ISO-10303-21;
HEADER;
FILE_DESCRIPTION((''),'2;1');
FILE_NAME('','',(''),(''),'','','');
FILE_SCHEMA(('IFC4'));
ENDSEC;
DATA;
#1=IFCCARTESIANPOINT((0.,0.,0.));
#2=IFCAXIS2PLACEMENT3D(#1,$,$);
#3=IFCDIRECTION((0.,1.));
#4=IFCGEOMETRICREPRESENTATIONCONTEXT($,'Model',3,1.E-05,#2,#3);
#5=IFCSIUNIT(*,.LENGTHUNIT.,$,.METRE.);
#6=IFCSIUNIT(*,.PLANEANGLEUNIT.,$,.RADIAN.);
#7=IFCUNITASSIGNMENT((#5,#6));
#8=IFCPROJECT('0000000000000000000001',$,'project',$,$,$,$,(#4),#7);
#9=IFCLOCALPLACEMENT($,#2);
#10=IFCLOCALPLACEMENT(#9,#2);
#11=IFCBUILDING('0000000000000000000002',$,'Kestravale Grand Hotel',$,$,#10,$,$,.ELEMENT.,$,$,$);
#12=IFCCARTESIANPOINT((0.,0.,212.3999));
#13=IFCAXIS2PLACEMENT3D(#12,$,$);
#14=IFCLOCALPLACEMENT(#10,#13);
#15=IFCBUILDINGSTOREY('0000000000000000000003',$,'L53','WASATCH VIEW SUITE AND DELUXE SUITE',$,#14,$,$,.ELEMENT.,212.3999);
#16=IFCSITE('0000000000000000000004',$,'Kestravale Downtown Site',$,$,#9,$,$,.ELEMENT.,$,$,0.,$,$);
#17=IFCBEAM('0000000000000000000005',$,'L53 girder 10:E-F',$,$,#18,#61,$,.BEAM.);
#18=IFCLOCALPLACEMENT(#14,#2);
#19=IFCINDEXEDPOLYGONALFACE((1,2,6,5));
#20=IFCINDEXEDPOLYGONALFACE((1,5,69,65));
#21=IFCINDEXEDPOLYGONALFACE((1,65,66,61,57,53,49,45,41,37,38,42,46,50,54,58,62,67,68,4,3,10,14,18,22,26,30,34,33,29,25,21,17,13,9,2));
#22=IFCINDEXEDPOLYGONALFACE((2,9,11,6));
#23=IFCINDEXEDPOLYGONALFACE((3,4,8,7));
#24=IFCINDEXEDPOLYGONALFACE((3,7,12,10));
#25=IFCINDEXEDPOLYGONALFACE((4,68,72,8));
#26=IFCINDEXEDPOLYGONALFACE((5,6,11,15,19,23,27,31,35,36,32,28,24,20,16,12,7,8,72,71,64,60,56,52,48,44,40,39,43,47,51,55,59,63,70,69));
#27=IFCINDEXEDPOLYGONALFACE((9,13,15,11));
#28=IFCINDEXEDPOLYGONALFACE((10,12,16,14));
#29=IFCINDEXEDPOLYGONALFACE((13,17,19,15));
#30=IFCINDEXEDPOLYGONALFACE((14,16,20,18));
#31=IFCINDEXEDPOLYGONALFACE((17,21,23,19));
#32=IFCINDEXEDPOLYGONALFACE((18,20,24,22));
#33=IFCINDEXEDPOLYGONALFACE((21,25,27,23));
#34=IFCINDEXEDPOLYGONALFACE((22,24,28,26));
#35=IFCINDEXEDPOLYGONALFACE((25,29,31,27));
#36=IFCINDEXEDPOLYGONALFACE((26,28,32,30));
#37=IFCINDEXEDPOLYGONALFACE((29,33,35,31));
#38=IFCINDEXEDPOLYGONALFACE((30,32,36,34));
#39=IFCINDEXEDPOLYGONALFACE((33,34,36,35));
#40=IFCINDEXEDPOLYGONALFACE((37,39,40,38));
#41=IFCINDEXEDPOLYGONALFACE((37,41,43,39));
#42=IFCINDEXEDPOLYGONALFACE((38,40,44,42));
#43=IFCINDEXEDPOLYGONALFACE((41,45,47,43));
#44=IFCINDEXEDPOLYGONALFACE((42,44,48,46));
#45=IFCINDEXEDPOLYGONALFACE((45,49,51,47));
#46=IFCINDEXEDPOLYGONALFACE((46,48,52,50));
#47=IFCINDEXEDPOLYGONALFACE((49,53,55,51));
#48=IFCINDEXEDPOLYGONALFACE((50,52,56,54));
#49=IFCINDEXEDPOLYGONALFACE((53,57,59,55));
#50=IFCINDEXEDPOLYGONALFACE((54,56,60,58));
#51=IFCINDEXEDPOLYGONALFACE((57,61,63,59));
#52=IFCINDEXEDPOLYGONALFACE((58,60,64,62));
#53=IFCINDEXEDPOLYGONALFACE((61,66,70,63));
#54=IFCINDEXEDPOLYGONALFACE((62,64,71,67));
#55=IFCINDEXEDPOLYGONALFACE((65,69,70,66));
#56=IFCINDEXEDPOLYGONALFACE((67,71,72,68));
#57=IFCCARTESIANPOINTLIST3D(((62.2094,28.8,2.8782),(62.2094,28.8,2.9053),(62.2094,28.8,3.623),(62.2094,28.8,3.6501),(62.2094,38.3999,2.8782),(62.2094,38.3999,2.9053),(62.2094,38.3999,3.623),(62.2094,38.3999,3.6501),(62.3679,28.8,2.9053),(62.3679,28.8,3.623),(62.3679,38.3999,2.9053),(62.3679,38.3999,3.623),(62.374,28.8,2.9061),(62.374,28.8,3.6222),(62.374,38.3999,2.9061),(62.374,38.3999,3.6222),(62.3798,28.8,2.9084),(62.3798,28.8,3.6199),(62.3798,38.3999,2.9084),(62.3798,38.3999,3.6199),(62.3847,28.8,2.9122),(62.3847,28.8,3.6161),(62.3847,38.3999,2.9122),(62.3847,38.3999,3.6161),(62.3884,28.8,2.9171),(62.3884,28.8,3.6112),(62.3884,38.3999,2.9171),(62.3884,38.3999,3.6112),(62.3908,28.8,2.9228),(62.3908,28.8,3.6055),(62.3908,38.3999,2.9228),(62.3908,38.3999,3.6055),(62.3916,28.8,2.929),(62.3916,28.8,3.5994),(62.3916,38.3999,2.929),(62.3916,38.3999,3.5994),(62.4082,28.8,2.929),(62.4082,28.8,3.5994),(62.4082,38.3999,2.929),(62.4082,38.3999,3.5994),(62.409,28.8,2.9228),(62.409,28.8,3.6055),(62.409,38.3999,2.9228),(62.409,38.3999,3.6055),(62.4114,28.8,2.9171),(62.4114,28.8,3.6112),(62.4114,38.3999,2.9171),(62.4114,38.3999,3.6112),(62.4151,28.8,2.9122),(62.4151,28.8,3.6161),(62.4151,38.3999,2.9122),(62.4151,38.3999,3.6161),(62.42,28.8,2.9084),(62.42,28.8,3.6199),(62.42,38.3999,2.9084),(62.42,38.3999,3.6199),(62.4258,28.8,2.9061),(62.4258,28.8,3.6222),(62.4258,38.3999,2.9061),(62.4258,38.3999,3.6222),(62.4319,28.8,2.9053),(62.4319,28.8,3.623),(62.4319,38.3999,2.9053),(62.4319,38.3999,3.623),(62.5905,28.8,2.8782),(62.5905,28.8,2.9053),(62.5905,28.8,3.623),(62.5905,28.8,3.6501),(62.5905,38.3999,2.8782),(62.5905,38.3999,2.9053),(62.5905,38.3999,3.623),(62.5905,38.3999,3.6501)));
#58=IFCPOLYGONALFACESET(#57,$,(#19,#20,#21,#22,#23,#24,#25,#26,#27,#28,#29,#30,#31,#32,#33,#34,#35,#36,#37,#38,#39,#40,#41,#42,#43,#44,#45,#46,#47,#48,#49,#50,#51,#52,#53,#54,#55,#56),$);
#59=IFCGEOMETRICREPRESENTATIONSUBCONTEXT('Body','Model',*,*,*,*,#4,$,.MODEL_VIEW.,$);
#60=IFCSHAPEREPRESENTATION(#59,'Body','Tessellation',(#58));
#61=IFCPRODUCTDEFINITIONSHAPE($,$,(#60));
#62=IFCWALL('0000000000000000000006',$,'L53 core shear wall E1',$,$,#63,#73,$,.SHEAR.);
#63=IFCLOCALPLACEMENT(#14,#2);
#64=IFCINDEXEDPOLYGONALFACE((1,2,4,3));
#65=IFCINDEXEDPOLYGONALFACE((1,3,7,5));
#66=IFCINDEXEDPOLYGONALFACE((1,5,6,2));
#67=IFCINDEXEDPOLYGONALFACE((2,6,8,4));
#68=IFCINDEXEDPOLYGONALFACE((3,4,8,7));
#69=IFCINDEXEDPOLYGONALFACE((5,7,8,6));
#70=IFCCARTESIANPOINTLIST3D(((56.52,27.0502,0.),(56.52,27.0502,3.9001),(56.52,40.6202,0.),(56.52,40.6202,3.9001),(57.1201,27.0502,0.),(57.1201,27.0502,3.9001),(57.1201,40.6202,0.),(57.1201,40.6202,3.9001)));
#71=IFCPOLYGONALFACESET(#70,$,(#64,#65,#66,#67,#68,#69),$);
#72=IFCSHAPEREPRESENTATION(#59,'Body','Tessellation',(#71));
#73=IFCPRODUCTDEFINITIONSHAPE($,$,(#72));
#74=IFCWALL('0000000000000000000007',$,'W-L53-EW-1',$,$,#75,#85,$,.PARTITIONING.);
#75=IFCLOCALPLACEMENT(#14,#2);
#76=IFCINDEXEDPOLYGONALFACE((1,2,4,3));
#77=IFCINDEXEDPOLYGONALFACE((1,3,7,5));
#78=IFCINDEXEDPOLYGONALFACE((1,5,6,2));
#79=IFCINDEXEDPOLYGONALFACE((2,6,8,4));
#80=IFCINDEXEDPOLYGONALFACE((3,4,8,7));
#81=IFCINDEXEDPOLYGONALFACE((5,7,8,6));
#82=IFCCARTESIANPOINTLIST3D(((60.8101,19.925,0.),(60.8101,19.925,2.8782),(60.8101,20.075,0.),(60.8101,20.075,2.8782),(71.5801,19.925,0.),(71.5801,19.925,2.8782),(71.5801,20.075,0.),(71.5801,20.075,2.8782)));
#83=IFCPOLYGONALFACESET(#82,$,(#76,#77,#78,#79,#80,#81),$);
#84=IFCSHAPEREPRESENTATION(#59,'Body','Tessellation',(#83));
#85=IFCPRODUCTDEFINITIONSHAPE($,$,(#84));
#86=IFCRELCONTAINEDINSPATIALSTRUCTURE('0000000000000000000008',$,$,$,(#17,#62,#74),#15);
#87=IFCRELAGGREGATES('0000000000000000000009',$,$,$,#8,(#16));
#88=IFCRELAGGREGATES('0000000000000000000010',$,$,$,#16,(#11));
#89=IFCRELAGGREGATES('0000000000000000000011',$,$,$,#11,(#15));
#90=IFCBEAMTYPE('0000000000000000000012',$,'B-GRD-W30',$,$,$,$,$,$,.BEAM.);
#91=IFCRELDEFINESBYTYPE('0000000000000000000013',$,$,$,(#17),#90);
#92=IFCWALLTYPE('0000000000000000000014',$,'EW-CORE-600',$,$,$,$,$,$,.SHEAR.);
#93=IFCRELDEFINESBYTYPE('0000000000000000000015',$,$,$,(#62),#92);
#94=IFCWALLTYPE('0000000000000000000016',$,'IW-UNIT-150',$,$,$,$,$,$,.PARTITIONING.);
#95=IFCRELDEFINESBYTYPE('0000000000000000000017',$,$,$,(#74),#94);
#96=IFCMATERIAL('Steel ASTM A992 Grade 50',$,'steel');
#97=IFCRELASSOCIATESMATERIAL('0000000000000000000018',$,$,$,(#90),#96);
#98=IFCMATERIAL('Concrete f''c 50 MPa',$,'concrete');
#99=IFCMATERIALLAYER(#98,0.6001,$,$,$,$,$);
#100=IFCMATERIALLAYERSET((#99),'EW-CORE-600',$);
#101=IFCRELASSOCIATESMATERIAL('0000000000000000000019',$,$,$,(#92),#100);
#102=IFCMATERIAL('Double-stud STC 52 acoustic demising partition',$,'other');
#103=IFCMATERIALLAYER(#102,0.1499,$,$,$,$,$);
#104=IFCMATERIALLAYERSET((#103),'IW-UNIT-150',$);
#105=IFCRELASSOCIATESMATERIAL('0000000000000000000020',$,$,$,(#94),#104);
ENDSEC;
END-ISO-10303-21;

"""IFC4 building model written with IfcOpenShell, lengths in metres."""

from ifc_helpers import new_model, si_unit, direction, frame, frame_2d, origin, origin_2d, place, context, subcontext, project, spatial, rectangle, i_section, extrude, material, layer, layer_set, material_profile, profile_set, type_object, element, save


model = new_model("IFC4")

# Units and contexts
model_context = context("Model", 3, precision=1e-05, world=origin(), true_north=direction((0.0, 1.0)))
body_context = subcontext(model_context, "Body", "Model", "MODEL_VIEW")
ifc_project = project(units=[si_unit("LENGTHUNIT", "METRE"), si_unit("PLANEANGLEUNIT", "RADIAN")], contexts=[model_context])

# Site, building, storey
site_placement = place(None, origin())
site = spatial("IfcSite", under=ifc_project, at=site_placement, Name="Kestravale Downtown Site", CompositionType="ELEMENT", RefElevation=0.0)
building_placement = place(site_placement, origin())
building = spatial("IfcBuilding", under=site, at=building_placement, Name="Kestravale Grand Hotel", CompositionType="ELEMENT")
storey_placement = place(building_placement, frame((0.0, 0.0, 212.3999)))
storey = spatial("IfcBuildingStorey", under=building, at=storey_placement, Name="L53", Description="WASATCH VIEW SUITE AND DELUXE SUITE", CompositionType="ELEMENT", Elevation=212.3999)

# Beam
ifc_material_1 = material(Name="Steel ASTM A992 Grade 50", Category="steel")
ifc_material_profile_1 = material_profile(ifc_material_1, i_section(OverallWidth=0.3811, OverallDepth=0.772, WebThickness=0.0166, FlangeThickness=0.0271, FilletRadius=0.0237, at=origin_2d()))
ifc_profile_set_1 = profile_set([ifc_material_profile_1], Name="Steel ASTM A992 Grade 50")
beam_type_1 = type_object("IfcBeamType", Name="B-GRD-W30", PredefinedType="BEAM", material=ifc_profile_set_1)
beam_1_placement = place(storey_placement, frame((62.3999, 28.8, 3.2642), z_axis=(0.0, 1.0, 0.0), x_axis=(-1.0, 0.0, 0.0)))
element("IfcBeam", 1, at=beam_1_placement, inside=storey, type_object=beam_type_1, Name="L53 girder 10:E-F", PredefinedType="BEAM", context=body_context, shape_type="SweptSolid", body=[
    extrude(i_section(OverallWidth=0.3811, OverallDepth=0.772, WebThickness=0.0166, FlangeThickness=0.0271, FilletRadius=0.0237, at=origin_2d()), origin(), (0.0, 0.0, 1.0), 9.5999),
])

# Walls
ifc_material_2 = material(Name="Concrete f'c 50 MPa", Category="concrete")
ifc_layer_1 = layer(ifc_material_2, 0.6001)
ifc_layer_set_1 = layer_set([ifc_layer_1], Name="EW-CORE-600")
wall_type_1 = type_object("IfcWallType", Name="EW-CORE-600", PredefinedType="SHEAR", material=ifc_layer_set_1)
wall_1_placement = place(storey_placement, frame((56.8201, 27.05, 0.0), z_axis=(0.0, 0.0, 1.0), x_axis=(0.0, 1.0, 0.0)))
element("IfcWall", 2, at=wall_1_placement, inside=storey, type_object=wall_type_1, Name="L53 core shear wall E1", PredefinedType="SHEAR", context=body_context, shape_type="SweptSolid", body=[
    extrude(rectangle(XDim=13.5701, YDim=0.6001, at=frame_2d((6.7852, 0.0))), origin(), (0.0, 0.0, 1.0), 3.9001),
])
ifc_material_3 = material(Name="Double-stud STC 52 acoustic demising partition", Category="other")
ifc_layer_2 = layer(ifc_material_3, 0.1499)
ifc_layer_set_2 = layer_set([ifc_layer_2], Name="IW-UNIT-150")
wall_type_2 = type_object("IfcWallType", Name="IW-UNIT-150", PredefinedType="PARTITIONING", material=ifc_layer_set_2)
wall_2_placement = place(storey_placement, frame((60.8101, 20.0, 0.0), z_axis=(0.0, 0.0, 1.0), x_axis=(1.0, 0.0, 0.0)))
element("IfcWall", 3, at=wall_2_placement, inside=storey, type_object=wall_type_2, Name="W-L53-EW-1", PredefinedType="PARTITIONING", context=body_context, shape_type="SweptSolid", body=[
    extrude(rectangle(XDim=10.77, YDim=0.1499, at=frame_2d((5.385, 0.0))), origin(), (0.0, 0.0, 1.0), 2.8782),
])

save(model, "model.ifc")
